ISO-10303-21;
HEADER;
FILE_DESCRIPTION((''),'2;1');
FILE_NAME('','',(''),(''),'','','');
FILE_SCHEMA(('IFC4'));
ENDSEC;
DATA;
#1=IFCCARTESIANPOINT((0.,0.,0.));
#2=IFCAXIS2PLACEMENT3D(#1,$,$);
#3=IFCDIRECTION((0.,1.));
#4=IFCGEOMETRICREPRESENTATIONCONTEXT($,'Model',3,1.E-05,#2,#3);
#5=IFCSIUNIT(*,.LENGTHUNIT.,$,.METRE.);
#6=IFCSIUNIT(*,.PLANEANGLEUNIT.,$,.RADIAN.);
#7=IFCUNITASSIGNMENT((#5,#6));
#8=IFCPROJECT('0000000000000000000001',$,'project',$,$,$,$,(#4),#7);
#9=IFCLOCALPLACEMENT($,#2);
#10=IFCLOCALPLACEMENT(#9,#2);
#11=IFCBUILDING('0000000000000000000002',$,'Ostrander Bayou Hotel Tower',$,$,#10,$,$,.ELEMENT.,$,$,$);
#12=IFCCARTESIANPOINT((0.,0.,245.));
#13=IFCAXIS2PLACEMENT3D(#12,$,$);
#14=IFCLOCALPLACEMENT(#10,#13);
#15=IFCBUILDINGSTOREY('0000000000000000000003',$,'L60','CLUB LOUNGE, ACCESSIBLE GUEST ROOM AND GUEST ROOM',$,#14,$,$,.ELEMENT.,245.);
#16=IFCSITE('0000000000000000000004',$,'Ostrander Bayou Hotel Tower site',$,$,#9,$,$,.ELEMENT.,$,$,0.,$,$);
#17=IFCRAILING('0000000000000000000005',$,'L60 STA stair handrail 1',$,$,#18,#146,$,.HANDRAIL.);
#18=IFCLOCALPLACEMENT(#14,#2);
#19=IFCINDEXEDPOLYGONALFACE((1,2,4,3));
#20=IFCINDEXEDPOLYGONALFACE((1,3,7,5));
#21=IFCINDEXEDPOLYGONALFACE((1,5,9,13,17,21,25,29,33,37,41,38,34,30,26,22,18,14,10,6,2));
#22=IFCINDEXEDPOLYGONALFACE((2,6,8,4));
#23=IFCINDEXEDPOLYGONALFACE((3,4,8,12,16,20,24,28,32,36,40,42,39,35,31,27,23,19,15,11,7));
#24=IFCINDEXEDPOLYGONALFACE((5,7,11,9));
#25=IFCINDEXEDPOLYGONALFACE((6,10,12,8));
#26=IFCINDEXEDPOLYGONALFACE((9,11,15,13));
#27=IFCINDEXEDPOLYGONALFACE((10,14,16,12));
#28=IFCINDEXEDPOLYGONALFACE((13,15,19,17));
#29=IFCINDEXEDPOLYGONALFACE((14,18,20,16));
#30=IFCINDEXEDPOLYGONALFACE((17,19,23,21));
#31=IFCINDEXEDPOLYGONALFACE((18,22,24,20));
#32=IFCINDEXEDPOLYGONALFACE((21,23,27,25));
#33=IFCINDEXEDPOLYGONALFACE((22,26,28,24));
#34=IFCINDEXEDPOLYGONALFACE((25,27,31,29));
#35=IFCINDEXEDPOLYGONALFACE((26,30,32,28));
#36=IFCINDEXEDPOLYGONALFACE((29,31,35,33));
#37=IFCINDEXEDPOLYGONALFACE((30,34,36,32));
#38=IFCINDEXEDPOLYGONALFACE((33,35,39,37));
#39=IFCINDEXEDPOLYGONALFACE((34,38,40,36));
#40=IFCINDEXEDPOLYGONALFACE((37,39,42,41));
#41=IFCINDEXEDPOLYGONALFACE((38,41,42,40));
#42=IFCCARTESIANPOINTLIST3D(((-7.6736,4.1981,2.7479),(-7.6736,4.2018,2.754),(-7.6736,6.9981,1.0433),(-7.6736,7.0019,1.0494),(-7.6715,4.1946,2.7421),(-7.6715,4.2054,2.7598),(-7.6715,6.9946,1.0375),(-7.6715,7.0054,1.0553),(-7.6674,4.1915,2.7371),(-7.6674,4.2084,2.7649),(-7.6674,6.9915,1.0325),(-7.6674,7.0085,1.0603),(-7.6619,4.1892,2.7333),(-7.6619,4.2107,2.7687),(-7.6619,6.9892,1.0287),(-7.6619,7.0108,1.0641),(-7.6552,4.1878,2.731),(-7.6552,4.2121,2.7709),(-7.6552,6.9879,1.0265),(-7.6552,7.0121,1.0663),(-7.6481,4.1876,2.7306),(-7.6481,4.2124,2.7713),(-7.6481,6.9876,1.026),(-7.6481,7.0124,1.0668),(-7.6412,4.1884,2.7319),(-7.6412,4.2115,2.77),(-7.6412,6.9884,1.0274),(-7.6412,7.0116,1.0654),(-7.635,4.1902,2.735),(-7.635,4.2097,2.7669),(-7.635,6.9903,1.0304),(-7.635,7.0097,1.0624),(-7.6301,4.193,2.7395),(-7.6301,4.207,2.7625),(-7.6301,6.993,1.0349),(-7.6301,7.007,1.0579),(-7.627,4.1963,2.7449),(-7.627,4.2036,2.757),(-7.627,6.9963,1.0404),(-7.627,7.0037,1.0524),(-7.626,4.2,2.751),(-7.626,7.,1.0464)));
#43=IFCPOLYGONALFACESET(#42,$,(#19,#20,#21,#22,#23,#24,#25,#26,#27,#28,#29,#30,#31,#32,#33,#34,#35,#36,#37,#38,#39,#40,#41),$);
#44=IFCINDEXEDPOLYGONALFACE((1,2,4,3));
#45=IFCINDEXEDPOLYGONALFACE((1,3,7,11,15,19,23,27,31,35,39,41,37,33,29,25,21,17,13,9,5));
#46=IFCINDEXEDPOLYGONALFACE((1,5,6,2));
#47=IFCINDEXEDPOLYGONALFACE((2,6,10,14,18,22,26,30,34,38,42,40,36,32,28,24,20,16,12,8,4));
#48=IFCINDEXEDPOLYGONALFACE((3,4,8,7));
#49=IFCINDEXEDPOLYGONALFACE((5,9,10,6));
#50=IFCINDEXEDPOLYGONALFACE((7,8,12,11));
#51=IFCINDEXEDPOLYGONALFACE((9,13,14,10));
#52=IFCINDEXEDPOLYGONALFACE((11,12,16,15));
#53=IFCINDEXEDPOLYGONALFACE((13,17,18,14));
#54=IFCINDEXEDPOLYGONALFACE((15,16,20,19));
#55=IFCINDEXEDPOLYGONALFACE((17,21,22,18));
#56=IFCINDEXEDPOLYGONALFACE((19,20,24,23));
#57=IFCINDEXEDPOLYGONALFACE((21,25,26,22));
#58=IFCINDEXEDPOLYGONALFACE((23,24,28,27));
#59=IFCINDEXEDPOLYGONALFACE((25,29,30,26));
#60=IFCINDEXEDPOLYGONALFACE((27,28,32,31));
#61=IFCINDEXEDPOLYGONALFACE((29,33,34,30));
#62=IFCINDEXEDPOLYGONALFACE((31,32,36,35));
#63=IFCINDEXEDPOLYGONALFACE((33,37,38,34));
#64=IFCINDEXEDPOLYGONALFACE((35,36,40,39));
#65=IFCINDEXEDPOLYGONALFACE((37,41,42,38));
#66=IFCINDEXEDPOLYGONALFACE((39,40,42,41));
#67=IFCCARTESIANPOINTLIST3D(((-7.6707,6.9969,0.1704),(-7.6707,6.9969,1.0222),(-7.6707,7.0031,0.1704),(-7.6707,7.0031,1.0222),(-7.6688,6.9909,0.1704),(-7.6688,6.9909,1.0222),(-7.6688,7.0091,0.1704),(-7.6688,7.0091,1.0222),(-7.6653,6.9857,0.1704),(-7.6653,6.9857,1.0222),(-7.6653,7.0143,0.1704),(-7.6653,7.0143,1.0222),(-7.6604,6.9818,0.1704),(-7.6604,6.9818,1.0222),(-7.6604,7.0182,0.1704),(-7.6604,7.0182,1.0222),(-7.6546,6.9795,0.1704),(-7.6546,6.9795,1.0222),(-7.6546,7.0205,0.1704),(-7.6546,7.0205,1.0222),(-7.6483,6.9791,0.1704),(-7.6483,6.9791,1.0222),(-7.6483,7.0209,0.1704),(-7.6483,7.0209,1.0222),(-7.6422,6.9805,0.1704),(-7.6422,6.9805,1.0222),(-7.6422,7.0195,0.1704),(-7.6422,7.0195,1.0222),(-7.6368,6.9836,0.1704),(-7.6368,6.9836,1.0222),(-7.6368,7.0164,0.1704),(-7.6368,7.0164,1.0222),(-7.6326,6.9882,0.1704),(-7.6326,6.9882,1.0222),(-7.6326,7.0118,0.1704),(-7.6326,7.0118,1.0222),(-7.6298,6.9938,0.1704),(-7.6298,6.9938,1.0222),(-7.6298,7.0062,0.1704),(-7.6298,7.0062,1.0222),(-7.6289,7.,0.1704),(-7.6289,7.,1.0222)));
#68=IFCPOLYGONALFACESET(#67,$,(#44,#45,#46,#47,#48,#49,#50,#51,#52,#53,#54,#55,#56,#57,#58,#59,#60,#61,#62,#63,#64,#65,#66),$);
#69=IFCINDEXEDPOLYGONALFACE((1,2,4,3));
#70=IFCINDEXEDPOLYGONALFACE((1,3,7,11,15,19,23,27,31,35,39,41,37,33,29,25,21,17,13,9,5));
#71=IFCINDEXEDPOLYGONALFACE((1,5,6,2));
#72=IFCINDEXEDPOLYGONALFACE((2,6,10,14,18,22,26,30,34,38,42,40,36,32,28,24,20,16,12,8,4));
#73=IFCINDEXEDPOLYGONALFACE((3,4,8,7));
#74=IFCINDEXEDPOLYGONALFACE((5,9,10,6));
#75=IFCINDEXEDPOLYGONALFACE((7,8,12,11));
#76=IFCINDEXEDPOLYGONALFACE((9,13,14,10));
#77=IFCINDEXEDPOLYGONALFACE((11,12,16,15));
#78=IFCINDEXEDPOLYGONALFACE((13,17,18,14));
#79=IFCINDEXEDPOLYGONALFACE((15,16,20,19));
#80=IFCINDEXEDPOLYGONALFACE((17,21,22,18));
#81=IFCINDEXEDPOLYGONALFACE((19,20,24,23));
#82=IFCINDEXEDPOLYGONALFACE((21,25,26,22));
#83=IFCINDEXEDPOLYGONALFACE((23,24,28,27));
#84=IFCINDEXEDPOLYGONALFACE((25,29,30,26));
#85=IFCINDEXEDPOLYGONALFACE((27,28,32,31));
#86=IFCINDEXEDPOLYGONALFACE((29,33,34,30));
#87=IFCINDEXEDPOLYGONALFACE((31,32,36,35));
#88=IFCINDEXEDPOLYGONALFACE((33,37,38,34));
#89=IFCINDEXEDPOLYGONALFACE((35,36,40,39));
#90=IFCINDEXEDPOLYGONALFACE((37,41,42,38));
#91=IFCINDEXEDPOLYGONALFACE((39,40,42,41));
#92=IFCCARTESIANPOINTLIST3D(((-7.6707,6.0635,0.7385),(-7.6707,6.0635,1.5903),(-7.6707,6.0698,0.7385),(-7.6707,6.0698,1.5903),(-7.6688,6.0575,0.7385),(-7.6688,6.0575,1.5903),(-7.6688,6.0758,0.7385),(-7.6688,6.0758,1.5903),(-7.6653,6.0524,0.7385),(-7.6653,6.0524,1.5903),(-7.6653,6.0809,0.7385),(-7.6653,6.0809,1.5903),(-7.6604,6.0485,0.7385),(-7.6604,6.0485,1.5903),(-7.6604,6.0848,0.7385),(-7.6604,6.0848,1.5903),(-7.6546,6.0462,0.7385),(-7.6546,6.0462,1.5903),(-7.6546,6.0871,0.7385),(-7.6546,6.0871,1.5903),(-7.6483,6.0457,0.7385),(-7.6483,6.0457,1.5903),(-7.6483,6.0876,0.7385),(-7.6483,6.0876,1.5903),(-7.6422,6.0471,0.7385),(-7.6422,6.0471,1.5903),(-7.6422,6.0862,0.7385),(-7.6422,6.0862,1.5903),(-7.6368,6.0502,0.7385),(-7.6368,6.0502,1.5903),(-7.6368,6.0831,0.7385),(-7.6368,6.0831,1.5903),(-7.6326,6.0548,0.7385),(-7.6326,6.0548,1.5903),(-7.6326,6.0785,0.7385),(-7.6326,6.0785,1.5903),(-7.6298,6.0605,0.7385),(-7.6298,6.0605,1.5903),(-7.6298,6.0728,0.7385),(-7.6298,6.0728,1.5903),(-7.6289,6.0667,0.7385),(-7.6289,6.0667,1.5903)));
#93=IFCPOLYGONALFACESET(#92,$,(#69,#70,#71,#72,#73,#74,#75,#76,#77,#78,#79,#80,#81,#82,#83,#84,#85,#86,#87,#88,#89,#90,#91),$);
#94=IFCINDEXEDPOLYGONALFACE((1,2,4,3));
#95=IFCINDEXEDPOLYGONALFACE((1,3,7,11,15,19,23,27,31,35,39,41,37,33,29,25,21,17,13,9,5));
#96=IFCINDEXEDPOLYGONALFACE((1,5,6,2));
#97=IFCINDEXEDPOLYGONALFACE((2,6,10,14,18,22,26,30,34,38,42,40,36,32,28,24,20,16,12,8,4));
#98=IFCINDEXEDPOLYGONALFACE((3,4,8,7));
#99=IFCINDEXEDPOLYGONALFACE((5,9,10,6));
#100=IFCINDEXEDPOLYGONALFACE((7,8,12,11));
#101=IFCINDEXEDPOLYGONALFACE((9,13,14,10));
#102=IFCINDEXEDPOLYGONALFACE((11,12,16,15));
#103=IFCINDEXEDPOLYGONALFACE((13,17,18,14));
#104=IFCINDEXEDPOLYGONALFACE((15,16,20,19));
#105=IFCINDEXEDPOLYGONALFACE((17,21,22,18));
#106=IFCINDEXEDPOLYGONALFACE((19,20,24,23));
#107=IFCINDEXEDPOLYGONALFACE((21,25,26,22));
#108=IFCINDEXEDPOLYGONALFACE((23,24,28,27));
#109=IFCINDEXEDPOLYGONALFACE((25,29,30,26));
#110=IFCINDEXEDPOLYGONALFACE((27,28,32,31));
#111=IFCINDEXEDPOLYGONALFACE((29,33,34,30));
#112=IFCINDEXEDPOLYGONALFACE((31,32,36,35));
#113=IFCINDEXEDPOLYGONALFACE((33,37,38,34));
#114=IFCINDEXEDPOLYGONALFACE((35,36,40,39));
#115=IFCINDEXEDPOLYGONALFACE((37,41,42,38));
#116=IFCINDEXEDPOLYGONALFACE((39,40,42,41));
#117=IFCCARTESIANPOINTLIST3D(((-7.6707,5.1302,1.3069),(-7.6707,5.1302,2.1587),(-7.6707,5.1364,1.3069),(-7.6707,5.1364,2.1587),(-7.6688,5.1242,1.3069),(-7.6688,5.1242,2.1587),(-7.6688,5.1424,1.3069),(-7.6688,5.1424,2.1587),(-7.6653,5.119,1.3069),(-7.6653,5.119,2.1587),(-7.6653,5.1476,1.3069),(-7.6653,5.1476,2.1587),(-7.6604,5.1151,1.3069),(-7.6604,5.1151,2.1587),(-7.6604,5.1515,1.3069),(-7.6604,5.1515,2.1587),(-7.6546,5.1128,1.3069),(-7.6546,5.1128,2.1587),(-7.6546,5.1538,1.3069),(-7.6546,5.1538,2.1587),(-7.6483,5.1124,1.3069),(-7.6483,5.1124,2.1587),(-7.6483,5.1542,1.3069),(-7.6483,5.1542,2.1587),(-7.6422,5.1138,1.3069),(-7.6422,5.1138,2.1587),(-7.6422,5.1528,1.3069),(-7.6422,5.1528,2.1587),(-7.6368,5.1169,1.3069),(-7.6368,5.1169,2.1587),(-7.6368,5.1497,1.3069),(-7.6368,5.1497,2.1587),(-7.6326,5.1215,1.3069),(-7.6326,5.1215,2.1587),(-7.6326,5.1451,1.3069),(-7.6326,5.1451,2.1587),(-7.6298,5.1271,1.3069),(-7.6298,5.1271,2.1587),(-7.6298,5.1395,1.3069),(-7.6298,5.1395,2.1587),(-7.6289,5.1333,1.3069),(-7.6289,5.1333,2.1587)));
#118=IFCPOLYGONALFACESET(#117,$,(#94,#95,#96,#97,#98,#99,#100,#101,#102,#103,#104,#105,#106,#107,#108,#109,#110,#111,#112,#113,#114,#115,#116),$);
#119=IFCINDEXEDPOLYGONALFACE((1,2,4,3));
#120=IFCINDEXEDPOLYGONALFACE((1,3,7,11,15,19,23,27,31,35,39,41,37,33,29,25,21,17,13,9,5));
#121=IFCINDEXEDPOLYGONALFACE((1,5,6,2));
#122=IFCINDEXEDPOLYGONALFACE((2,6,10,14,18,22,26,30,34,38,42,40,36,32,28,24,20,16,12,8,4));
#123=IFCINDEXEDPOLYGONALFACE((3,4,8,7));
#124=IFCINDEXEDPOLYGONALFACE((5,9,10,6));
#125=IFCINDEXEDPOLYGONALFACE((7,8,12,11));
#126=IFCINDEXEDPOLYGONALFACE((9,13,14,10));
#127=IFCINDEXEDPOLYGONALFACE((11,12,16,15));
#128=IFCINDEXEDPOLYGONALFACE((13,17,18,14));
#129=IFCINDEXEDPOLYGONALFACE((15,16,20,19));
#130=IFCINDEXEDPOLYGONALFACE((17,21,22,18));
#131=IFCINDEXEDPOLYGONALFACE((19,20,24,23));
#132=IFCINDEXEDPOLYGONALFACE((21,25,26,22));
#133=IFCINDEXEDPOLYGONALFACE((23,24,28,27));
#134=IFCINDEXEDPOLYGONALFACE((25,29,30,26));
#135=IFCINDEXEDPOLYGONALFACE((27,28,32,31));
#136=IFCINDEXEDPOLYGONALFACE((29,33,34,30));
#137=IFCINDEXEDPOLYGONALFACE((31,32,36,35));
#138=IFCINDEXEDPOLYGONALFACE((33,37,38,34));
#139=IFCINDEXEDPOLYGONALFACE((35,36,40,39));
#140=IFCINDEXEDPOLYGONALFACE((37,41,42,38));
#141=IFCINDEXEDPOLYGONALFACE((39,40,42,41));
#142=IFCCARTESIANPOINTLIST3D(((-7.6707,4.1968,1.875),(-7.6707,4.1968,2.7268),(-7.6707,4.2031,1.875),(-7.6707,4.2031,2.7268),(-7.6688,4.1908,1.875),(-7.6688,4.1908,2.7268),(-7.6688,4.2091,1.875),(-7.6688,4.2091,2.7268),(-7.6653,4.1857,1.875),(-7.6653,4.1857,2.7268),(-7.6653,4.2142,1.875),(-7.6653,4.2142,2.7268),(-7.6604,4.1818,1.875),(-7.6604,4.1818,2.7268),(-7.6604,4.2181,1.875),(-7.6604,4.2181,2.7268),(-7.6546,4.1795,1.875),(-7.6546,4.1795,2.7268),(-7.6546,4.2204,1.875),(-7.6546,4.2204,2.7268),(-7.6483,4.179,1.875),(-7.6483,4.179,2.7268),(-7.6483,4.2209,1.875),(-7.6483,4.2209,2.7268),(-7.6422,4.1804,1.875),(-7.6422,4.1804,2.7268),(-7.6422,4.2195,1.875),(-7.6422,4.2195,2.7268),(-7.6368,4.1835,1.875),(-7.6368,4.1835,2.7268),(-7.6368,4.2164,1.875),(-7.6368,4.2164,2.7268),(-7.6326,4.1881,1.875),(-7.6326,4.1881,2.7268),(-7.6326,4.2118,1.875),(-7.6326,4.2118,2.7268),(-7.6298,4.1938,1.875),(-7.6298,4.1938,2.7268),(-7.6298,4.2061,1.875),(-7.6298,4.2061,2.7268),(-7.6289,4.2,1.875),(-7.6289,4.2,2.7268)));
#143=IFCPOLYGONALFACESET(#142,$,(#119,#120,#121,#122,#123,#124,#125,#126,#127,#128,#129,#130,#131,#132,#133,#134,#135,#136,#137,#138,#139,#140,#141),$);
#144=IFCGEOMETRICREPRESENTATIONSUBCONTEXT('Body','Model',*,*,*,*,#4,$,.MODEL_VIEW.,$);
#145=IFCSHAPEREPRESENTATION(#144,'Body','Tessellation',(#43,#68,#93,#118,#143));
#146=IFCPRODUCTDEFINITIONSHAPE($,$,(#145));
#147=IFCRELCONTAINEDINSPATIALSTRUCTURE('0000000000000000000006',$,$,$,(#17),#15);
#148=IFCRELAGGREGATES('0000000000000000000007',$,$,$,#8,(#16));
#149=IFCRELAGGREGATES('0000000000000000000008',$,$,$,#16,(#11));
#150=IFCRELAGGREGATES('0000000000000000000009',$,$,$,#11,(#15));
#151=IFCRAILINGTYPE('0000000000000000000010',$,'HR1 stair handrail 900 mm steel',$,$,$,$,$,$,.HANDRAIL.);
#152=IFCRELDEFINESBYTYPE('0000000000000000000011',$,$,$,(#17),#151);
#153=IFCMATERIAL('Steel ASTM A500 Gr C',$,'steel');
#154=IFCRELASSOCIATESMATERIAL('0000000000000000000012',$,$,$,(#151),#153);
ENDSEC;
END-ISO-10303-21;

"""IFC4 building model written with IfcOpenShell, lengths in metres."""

from ifc_helpers import new_model, si_unit, direction, frame, origin, origin_2d, place, context, subcontext, project, spatial, circle, extrude, material, type_object, element, save


model = new_model("IFC4")

# Units and contexts
model_context = context("Model", 3, precision=1e-05, world=origin(), true_north=direction((0.0, 1.0)))
body_context = subcontext(model_context, "Body", "Model", "MODEL_VIEW")
ifc_project = project(units=[si_unit("LENGTHUNIT", "METRE"), si_unit("PLANEANGLEUNIT", "RADIAN")], contexts=[model_context])

# Site, building, storey
site_placement = place(None, origin())
site = spatial("IfcSite", under=ifc_project, at=site_placement, Name="Ostrander Bayou Hotel Tower site", CompositionType="ELEMENT", RefElevation=0.0)
building_placement = place(site_placement, origin())
building = spatial("IfcBuilding", under=site, at=building_placement, Name="Ostrander Bayou Hotel Tower", CompositionType="ELEMENT")
storey_placement = place(building_placement, frame((0.0, 0.0, 245.0)))
storey = spatial("IfcBuildingStorey", under=building, at=storey_placement, Name="L60", Description="CLUB LOUNGE, ACCESSIBLE GUEST ROOM AND GUEST ROOM", CompositionType="ELEMENT", Elevation=245.0)

# Railing
ifc_material_1 = material(Name="Steel ASTM A500 Gr C", Category="steel")
railing_type_1 = type_object("IfcRailingType", Name="HR1 stair handrail 900 mm steel", PredefinedType="HANDRAIL", material=ifc_material_1)
railing_1_placement = place(storey_placement, frame((-7.6499, 7.0, 0.1704)))
element("IfcRailing", 1, at=railing_1_placement, inside=storey, type_object=railing_type_1, Name="L60 STA stair handrail 1", PredefinedType="HANDRAIL", context=body_context, shape_type="SweptSolid", body=[
    extrude(circle(Radius=0.0239, at=origin_2d()), frame((0.0, 0.0, 0.876), z_axis=(0.0, -0.85417, 0.519994), x_axis=(1.0, 0.0, 0.0)), (0.0, 0.0, 1.0), 3.2781),
    extrude(circle(Radius=0.021, at=origin_2d()), origin(), (0.0, 0.0, 1.0), 0.8518),
    extrude(circle(Radius=0.021, at=origin_2d()), frame((0.0, -0.9333, 0.5681)), (0.0, 0.0, 1.0), 0.8518),
    extrude(circle(Radius=0.021, at=origin_2d()), frame((0.0, -1.8667, 1.1365)), (0.0, 0.0, 1.0), 0.8518),
    extrude(circle(Radius=0.021, at=origin_2d()), frame((0.0, -2.8, 1.7046)), (0.0, 0.0, 1.0), 0.8518),
])

save(model, "model.ifc")
